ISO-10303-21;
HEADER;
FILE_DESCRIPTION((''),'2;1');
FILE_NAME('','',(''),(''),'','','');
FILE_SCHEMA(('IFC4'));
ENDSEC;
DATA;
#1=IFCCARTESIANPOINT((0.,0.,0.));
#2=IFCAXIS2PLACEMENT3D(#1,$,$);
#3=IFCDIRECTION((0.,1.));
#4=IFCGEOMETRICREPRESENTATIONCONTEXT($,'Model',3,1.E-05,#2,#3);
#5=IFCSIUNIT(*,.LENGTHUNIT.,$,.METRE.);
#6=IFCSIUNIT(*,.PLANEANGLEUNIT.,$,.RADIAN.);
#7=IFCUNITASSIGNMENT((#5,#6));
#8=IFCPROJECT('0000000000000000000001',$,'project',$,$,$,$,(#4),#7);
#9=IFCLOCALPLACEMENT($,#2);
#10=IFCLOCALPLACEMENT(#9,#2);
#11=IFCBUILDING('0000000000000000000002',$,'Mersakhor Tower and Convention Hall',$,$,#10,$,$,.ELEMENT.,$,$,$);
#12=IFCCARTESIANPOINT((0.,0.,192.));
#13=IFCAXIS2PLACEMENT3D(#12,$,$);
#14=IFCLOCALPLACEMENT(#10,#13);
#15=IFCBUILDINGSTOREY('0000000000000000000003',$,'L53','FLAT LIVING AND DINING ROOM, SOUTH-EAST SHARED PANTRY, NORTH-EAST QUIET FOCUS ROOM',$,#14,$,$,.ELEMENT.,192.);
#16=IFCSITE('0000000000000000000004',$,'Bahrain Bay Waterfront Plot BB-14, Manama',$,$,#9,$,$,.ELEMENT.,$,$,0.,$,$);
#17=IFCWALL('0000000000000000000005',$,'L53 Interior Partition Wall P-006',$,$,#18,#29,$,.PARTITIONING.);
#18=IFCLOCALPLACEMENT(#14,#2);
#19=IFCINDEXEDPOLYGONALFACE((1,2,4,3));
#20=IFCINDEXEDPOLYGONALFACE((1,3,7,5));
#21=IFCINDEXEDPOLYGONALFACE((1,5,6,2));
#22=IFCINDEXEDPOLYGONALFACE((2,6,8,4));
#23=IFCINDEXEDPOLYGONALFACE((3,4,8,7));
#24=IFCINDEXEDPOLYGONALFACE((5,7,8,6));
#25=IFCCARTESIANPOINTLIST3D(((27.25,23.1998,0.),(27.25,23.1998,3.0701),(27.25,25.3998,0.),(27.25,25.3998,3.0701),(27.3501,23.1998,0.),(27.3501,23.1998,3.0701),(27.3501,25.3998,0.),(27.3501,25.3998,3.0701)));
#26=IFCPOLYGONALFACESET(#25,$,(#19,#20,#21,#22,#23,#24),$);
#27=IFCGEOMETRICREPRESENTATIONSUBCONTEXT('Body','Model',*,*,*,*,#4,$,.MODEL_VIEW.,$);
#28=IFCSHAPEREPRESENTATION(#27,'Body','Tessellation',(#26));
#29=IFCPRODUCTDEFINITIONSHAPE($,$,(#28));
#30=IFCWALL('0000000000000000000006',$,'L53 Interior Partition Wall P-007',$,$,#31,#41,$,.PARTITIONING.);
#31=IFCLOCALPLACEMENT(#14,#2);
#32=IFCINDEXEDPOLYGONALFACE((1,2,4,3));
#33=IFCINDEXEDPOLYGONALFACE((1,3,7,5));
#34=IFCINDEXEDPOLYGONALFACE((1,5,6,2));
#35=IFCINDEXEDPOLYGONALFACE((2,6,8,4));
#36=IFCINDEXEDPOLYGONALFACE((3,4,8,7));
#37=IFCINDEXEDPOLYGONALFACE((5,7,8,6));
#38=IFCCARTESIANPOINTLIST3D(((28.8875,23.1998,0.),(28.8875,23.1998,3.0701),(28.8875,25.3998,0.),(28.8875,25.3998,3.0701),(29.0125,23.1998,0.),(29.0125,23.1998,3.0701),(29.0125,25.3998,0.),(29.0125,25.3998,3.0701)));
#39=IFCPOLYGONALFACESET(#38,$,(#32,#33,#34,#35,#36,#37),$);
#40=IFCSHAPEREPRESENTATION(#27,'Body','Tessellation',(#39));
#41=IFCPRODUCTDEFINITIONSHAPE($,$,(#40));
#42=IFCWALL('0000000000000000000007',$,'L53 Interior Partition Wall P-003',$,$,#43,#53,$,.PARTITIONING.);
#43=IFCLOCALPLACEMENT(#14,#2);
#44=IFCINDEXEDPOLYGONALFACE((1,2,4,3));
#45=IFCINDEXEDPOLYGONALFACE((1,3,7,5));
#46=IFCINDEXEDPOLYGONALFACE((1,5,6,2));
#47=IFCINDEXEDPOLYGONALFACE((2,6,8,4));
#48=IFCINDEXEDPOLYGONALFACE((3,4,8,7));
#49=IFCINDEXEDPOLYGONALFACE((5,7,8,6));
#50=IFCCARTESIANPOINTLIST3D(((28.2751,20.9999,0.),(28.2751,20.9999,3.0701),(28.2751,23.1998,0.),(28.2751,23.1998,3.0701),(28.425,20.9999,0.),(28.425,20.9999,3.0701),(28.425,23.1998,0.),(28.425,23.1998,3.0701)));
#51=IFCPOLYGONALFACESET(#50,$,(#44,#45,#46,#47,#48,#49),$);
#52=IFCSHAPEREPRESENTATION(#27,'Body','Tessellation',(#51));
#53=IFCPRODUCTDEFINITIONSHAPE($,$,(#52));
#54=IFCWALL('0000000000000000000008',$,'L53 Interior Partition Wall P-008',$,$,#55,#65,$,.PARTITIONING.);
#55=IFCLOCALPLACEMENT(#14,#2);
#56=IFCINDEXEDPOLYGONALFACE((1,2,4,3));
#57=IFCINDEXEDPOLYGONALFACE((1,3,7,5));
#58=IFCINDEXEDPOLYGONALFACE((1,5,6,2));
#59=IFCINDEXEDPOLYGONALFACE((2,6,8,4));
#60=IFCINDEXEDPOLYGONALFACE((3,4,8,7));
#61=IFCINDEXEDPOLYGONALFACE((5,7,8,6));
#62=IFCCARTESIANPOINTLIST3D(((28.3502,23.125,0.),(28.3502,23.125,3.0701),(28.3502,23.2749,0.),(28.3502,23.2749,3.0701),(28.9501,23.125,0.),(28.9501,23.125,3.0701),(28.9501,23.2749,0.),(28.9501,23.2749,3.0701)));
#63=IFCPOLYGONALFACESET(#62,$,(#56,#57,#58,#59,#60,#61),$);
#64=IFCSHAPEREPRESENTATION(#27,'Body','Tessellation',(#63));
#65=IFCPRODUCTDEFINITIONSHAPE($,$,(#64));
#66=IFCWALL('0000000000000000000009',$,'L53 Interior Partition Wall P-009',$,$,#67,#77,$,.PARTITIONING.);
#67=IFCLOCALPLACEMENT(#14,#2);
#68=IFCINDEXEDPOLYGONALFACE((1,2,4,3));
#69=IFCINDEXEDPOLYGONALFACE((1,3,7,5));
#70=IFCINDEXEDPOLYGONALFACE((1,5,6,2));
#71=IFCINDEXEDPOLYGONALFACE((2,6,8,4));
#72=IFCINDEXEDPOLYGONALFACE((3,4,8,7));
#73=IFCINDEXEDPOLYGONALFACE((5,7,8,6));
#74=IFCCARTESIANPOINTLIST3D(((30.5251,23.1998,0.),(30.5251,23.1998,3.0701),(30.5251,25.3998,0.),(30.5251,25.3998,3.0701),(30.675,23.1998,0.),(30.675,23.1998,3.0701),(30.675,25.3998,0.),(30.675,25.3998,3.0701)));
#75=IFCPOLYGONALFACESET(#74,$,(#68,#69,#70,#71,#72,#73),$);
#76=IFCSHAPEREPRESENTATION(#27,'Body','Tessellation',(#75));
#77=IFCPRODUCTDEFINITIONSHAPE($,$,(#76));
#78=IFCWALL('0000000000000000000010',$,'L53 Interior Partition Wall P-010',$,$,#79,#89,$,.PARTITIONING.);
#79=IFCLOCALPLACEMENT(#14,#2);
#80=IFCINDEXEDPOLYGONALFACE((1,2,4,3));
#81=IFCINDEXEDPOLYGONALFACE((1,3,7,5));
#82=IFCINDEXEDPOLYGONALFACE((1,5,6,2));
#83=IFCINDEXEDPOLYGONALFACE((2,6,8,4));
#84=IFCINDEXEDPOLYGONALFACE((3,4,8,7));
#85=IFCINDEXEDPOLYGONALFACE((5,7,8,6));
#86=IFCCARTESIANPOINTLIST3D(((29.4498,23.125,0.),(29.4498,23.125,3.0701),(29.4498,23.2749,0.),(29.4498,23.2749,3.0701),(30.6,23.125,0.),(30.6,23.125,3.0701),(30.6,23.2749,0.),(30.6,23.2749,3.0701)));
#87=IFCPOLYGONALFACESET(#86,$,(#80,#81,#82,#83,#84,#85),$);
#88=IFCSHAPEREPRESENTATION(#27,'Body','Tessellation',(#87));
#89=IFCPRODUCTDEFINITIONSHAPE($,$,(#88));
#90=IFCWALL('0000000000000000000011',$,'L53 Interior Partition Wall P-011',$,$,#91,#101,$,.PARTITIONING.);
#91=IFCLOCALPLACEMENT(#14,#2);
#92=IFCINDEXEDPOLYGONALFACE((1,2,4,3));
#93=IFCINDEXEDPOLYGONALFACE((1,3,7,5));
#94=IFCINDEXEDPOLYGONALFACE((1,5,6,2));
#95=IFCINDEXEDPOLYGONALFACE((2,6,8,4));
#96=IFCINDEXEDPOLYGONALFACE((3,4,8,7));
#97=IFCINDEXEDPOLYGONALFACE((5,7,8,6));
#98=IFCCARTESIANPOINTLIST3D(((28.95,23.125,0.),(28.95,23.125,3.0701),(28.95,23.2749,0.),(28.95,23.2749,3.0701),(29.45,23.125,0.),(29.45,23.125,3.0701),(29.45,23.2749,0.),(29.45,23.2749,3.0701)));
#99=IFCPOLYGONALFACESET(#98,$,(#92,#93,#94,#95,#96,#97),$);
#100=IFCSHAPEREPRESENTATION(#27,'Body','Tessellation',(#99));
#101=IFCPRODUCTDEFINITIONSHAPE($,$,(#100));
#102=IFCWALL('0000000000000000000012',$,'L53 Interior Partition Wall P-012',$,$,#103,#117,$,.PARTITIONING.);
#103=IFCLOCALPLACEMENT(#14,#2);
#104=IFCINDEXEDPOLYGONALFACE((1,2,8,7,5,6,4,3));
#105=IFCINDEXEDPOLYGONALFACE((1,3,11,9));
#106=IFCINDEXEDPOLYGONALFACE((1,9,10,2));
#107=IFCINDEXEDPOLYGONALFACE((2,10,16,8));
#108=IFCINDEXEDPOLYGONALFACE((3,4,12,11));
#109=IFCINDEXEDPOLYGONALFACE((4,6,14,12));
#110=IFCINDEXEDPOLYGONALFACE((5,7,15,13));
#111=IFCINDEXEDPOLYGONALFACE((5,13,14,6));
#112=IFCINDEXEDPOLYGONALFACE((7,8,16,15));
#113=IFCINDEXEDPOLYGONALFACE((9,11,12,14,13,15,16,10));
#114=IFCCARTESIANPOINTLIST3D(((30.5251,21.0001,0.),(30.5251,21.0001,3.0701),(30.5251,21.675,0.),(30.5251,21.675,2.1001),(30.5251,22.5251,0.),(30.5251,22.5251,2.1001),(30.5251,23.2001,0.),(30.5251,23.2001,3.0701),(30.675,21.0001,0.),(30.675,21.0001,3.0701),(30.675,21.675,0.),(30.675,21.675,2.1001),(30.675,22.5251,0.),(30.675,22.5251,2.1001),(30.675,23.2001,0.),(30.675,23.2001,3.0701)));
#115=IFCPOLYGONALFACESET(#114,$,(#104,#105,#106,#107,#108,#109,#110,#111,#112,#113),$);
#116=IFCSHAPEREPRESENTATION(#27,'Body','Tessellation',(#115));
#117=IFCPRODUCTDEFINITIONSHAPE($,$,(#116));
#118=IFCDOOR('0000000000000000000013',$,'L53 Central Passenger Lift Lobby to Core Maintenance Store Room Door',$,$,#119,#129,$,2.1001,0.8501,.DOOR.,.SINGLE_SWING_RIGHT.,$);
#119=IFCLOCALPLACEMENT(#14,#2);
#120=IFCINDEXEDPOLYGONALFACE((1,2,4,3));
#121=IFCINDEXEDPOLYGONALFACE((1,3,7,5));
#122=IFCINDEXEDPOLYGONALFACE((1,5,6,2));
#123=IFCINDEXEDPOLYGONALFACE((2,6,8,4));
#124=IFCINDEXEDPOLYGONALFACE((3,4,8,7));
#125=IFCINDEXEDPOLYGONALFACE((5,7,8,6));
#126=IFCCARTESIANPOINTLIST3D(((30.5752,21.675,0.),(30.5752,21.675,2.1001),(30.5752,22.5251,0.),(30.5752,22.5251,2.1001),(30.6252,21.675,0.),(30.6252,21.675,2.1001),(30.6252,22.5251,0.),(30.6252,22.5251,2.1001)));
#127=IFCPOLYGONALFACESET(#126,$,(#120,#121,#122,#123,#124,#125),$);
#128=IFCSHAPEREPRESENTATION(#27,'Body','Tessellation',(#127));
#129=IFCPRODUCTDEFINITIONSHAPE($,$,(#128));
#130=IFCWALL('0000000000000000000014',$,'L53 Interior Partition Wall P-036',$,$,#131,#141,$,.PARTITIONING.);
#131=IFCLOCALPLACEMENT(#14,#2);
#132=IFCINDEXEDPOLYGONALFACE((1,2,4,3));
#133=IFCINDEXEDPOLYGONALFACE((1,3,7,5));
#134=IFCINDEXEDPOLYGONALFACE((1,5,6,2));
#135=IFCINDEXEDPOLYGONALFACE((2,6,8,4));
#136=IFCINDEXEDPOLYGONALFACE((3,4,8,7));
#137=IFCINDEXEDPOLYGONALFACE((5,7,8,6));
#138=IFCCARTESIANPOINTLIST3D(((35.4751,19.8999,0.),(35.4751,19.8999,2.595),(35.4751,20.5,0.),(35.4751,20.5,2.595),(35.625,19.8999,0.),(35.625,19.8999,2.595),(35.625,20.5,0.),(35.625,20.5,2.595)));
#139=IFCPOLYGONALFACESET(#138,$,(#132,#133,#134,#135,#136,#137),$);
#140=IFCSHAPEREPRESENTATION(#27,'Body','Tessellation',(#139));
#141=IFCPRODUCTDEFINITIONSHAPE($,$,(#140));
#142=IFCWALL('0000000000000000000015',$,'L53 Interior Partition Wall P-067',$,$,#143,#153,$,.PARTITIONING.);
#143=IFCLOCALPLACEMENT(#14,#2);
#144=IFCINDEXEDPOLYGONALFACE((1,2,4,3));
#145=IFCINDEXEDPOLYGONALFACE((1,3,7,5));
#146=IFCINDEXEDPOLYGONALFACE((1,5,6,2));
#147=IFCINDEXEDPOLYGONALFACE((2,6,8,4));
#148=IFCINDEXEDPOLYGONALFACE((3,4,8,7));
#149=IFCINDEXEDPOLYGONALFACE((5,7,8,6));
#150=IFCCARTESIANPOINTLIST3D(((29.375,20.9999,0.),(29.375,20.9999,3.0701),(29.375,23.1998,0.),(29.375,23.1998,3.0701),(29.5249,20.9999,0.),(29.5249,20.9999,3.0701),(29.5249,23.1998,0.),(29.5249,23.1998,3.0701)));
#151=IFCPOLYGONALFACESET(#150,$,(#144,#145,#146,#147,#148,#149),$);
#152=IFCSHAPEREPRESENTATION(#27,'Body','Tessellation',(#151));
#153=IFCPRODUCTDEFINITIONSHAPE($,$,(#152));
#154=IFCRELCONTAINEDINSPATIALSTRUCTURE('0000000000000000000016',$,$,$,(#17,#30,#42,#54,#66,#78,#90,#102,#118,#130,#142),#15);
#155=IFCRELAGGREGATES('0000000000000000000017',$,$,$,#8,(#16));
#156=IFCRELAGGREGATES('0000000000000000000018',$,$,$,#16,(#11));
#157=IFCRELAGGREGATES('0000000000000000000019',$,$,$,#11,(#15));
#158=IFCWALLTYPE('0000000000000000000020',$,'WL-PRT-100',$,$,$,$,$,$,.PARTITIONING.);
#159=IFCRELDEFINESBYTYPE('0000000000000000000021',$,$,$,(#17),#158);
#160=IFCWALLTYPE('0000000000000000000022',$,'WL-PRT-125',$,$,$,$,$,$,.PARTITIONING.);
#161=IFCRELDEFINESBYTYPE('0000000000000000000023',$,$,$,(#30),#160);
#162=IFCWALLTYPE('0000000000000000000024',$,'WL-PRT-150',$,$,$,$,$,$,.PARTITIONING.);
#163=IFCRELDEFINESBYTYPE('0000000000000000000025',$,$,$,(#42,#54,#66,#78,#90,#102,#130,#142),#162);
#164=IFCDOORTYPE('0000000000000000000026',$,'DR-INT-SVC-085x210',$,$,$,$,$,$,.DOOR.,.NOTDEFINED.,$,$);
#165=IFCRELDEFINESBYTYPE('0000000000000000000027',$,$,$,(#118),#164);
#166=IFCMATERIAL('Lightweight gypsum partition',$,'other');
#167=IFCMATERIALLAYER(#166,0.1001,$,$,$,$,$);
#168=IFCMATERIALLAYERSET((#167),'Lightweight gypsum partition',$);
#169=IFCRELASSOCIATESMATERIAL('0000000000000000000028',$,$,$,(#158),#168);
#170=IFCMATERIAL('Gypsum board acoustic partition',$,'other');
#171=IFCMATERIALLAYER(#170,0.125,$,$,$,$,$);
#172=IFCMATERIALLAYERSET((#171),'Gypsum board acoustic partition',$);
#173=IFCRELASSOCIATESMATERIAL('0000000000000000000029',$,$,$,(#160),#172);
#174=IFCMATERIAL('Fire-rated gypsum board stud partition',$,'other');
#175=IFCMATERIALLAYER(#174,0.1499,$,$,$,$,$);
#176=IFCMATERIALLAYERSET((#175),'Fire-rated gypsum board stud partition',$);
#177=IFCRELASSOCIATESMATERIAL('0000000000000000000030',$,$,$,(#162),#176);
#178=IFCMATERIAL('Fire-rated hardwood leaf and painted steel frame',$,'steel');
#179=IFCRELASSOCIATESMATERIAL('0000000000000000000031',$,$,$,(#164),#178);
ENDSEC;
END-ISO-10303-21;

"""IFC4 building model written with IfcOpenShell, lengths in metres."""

from ifc_helpers import new_model, si_unit, direction, frame, frame_2d, origin, place, context, subcontext, project, spatial, rectangle, extrude, material, layer, layer_set, type_object, element, fill, save


model = new_model("IFC4")

# Units and contexts
model_context = context("Model", 3, precision=1e-05, world=origin(), true_north=direction((0.0, 1.0)))
body_context = subcontext(model_context, "Body", "Model", "MODEL_VIEW")
ifc_project = project(units=[si_unit("LENGTHUNIT", "METRE"), si_unit("PLANEANGLEUNIT", "RADIAN")], contexts=[model_context])

# Site, building, storey
site_placement = place(None, origin())
site = spatial("IfcSite", under=ifc_project, at=site_placement, Name="Bahrain Bay Waterfront Plot BB-14, Manama", CompositionType="ELEMENT", RefElevation=0.0)
building_placement = place(site_placement, origin())
building = spatial("IfcBuilding", under=site, at=building_placement, Name="Mersakhor Tower and Convention Hall", CompositionType="ELEMENT")
storey_placement = place(building_placement, frame((0.0, 0.0, 192.0)))
storey = spatial("IfcBuildingStorey", under=building, at=storey_placement, Name="L53", Description="FLAT LIVING AND DINING ROOM, SOUTH-EAST SHARED PANTRY, NORTH-EAST QUIET FOCUS ROOM", CompositionType="ELEMENT", Elevation=192.0)

# Walls
ifc_material_1 = material(Name="Lightweight gypsum partition", Category="other")
ifc_layer_1 = layer(ifc_material_1, 0.1001)
ifc_layer_set_1 = layer_set([ifc_layer_1], Name="Lightweight gypsum partition")
wall_type_1 = type_object("IfcWallType", Name="WL-PRT-100", PredefinedType="PARTITIONING", material=ifc_layer_set_1)
wall_1_placement = place(storey_placement, frame((27.3, 25.3999, 0.0), z_axis=(0.0, 0.0, 1.0), x_axis=(0.0, -1.0, 0.0)))
element("IfcWall", 1, at=wall_1_placement, inside=storey, type_object=wall_type_1, Name="L53 Interior Partition Wall P-006", PredefinedType="PARTITIONING", context=body_context, shape_type="SweptSolid", body=[
    extrude(rectangle(XDim=2.2, YDim=0.1001, at=frame_2d((1.1001, 0.0))), origin(), (0.0, 0.0, 1.0), 3.0701),
])
ifc_material_2 = material(Name="Gypsum board acoustic partition", Category="other")
ifc_layer_2 = layer(ifc_material_2, 0.125)
ifc_layer_set_2 = layer_set([ifc_layer_2], Name="Gypsum board acoustic partition")
wall_type_2 = type_object("IfcWallType", Name="WL-PRT-125", PredefinedType="PARTITIONING", material=ifc_layer_set_2)
wall_2_placement = place(storey_placement, frame((28.95, 25.3999, 0.0), z_axis=(0.0, 0.0, 1.0), x_axis=(0.0, -1.0, 0.0)))
element("IfcWall", 2, at=wall_2_placement, inside=storey, type_object=wall_type_2, Name="L53 Interior Partition Wall P-007", PredefinedType="PARTITIONING", context=body_context, shape_type="SweptSolid", body=[
    extrude(rectangle(XDim=2.2, YDim=0.125, at=frame_2d((1.1001, 0.0))), origin(), (0.0, 0.0, 1.0), 3.0701),
])
ifc_material_3 = material(Name="Fire-rated gypsum board stud partition", Category="other")
ifc_layer_3 = layer(ifc_material_3, 0.1499)
ifc_layer_set_3 = layer_set([ifc_layer_3], Name="Fire-rated gypsum board stud partition")
wall_type_3 = type_object("IfcWallType", Name="WL-PRT-150", PredefinedType="PARTITIONING", material=ifc_layer_set_3)
wall_3_placement = place(storey_placement, frame((28.3501, 23.2, 0.0), z_axis=(0.0, 0.0, 1.0), x_axis=(0.0, -1.0, 0.0)))
element("IfcWall", 3, at=wall_3_placement, inside=storey, type_object=wall_type_3, Name="L53 Interior Partition Wall P-003", PredefinedType="PARTITIONING", context=body_context, shape_type="SweptSolid", body=[
    extrude(rectangle(XDim=2.2, YDim=0.1499, at=frame_2d((1.1001, 0.0))), origin(), (0.0, 0.0, 1.0), 3.0701),
])
wall_4_placement = place(storey_placement, frame((28.95, 23.2, 0.0), z_axis=(0.0, 0.0, 1.0), x_axis=(-1.0, 0.0, 0.0)))
element("IfcWall", 4, at=wall_4_placement, inside=storey, type_object=wall_type_3, Name="L53 Interior Partition Wall P-008", PredefinedType="PARTITIONING", context=body_context, shape_type="SweptSolid", body=[
    extrude(rectangle(XDim=0.5999, YDim=0.1499, at=frame_2d((0.2998, 0.0))), origin(), (0.0, 0.0, 1.0), 3.0701),
])
wall_5_placement = place(storey_placement, frame((30.6001, 25.3999, 0.0), z_axis=(0.0, 0.0, 1.0), x_axis=(0.0, -1.0, 0.0)))
element("IfcWall", 5, at=wall_5_placement, inside=storey, type_object=wall_type_3, Name="L53 Interior Partition Wall P-009", PredefinedType="PARTITIONING", context=body_context, shape_type="SweptSolid", body=[
    extrude(rectangle(XDim=2.2, YDim=0.1499, at=frame_2d((1.1001, 0.0))), origin(), (0.0, 0.0, 1.0), 3.0701),
])
wall_6_placement = place(storey_placement, frame((30.6001, 23.2, 0.0), z_axis=(0.0, 0.0, 1.0), x_axis=(-1.0, 0.0, 0.0)))
element("IfcWall", 6, at=wall_6_placement, inside=storey, type_object=wall_type_3, Name="L53 Interior Partition Wall P-010", PredefinedType="PARTITIONING", context=body_context, shape_type="SweptSolid", body=[
    extrude(rectangle(XDim=1.1501, YDim=0.1499, at=frame_2d((0.5752, 0.0))), origin(), (0.0, 0.0, 1.0), 3.0701),
])
wall_7_placement = place(storey_placement, frame((29.45, 23.2, 0.0), z_axis=(0.0, 0.0, 1.0), x_axis=(-1.0, 0.0, 0.0)))
element("IfcWall", 7, at=wall_7_placement, inside=storey, type_object=wall_type_3, Name="L53 Interior Partition Wall P-011", PredefinedType="PARTITIONING", context=body_context, shape_type="SweptSolid", body=[
    extrude(rectangle(XDim=0.5, YDim=0.1499, at=frame_2d((0.25, 0.0))), origin(), (0.0, 0.0, 1.0), 3.0701),
])

# Wall, opening, door
wall_8_placement = place(storey_placement, frame((30.6001, 21.0, 0.0), z_axis=(0.0, 0.0, 1.0), x_axis=(0.0, 1.0, 0.0)))
wall_8 = element("IfcWall", 8, at=wall_8_placement, inside=storey, type_object=wall_type_3, Name="L53 Interior Partition Wall P-012", PredefinedType="PARTITIONING", context=body_context, shape_type="SweptSolid", body=[
    extrude(rectangle(XDim=2.2, YDim=0.1499, at=frame_2d((1.1001, 0.0))), origin(), (0.0, 0.0, 1.0), 3.0701),
])
opening_1_placement = place(wall_8_placement, frame((0.675, 0.0, 0.0)))
opening_1 = element("IfcOpeningElement", 9, at=opening_1_placement, cuts=wall_8, PredefinedType="OPENING", context=body_context, shape_type="SweptSolid", body=[
    extrude(rectangle(XDim=0.8501, YDim=2.1001, at=frame_2d((0.425, 1.05))), frame((0.0, 0.085, 0.0), z_axis=(0.0, -1.0, 0.0), x_axis=(1.0, 0.0, 0.0)), (0.0, 0.0, 1.0), 0.1699),
])
ifc_material_4 = material(Name="Fire-rated hardwood leaf and painted steel frame", Category="steel")
door_type_1 = type_object("IfcDoorType", Name="DR-INT-SVC-085x210", OperationType="NOTDEFINED", PredefinedType="DOOR", material=ifc_material_4)
door_1_placement = place(opening_1_placement, origin())
door_1 = element("IfcDoor", 10, at=door_1_placement, inside=storey, type_object=door_type_1, Name="L53 Central Passenger Lift Lobby to Core Maintenance Store Room Door", OperationType="SINGLE_SWING_RIGHT", OverallHeight=2.1001, OverallWidth=0.8501, PredefinedType="DOOR", context=body_context, shape_type="SweptSolid", body=[
    extrude(rectangle(XDim=0.8501, YDim=2.1001, at=frame_2d((0.425, 1.05))), frame((0.0, 0.0249, 0.0), z_axis=(0.0, -1.0, 0.0), x_axis=(1.0, 0.0, 0.0)), (0.0, 0.0, 1.0), 0.05),
])
fill(opening_1, door_1)

# Walls
wall_9_placement = place(storey_placement, frame((35.55, 20.5, 0.0), z_axis=(0.0, 0.0, 1.0), x_axis=(0.0, -1.0, 0.0)))
element("IfcWall", 11, at=wall_9_placement, inside=storey, type_object=wall_type_3, Name="L53 Interior Partition Wall P-036", PredefinedType="PARTITIONING", context=body_context, shape_type="SweptSolid", body=[
    extrude(rectangle(XDim=0.6001, YDim=0.1499, at=frame_2d((0.3, 0.0))), origin(), (0.0, 0.0, 1.0), 2.595),
])
wall_10_placement = place(storey_placement, frame((29.45, 23.2, 0.0), z_axis=(0.0, 0.0, 1.0), x_axis=(0.0, -1.0, 0.0)))
element("IfcWall", 12, at=wall_10_placement, inside=storey, type_object=wall_type_3, Name="L53 Interior Partition Wall P-067", PredefinedType="PARTITIONING", context=body_context, shape_type="SweptSolid", body=[
    extrude(rectangle(XDim=2.2, YDim=0.1499, at=frame_2d((1.1001, 0.0))), origin(), (0.0, 0.0, 1.0), 3.0701),
])

save(model, "model.ifc")
